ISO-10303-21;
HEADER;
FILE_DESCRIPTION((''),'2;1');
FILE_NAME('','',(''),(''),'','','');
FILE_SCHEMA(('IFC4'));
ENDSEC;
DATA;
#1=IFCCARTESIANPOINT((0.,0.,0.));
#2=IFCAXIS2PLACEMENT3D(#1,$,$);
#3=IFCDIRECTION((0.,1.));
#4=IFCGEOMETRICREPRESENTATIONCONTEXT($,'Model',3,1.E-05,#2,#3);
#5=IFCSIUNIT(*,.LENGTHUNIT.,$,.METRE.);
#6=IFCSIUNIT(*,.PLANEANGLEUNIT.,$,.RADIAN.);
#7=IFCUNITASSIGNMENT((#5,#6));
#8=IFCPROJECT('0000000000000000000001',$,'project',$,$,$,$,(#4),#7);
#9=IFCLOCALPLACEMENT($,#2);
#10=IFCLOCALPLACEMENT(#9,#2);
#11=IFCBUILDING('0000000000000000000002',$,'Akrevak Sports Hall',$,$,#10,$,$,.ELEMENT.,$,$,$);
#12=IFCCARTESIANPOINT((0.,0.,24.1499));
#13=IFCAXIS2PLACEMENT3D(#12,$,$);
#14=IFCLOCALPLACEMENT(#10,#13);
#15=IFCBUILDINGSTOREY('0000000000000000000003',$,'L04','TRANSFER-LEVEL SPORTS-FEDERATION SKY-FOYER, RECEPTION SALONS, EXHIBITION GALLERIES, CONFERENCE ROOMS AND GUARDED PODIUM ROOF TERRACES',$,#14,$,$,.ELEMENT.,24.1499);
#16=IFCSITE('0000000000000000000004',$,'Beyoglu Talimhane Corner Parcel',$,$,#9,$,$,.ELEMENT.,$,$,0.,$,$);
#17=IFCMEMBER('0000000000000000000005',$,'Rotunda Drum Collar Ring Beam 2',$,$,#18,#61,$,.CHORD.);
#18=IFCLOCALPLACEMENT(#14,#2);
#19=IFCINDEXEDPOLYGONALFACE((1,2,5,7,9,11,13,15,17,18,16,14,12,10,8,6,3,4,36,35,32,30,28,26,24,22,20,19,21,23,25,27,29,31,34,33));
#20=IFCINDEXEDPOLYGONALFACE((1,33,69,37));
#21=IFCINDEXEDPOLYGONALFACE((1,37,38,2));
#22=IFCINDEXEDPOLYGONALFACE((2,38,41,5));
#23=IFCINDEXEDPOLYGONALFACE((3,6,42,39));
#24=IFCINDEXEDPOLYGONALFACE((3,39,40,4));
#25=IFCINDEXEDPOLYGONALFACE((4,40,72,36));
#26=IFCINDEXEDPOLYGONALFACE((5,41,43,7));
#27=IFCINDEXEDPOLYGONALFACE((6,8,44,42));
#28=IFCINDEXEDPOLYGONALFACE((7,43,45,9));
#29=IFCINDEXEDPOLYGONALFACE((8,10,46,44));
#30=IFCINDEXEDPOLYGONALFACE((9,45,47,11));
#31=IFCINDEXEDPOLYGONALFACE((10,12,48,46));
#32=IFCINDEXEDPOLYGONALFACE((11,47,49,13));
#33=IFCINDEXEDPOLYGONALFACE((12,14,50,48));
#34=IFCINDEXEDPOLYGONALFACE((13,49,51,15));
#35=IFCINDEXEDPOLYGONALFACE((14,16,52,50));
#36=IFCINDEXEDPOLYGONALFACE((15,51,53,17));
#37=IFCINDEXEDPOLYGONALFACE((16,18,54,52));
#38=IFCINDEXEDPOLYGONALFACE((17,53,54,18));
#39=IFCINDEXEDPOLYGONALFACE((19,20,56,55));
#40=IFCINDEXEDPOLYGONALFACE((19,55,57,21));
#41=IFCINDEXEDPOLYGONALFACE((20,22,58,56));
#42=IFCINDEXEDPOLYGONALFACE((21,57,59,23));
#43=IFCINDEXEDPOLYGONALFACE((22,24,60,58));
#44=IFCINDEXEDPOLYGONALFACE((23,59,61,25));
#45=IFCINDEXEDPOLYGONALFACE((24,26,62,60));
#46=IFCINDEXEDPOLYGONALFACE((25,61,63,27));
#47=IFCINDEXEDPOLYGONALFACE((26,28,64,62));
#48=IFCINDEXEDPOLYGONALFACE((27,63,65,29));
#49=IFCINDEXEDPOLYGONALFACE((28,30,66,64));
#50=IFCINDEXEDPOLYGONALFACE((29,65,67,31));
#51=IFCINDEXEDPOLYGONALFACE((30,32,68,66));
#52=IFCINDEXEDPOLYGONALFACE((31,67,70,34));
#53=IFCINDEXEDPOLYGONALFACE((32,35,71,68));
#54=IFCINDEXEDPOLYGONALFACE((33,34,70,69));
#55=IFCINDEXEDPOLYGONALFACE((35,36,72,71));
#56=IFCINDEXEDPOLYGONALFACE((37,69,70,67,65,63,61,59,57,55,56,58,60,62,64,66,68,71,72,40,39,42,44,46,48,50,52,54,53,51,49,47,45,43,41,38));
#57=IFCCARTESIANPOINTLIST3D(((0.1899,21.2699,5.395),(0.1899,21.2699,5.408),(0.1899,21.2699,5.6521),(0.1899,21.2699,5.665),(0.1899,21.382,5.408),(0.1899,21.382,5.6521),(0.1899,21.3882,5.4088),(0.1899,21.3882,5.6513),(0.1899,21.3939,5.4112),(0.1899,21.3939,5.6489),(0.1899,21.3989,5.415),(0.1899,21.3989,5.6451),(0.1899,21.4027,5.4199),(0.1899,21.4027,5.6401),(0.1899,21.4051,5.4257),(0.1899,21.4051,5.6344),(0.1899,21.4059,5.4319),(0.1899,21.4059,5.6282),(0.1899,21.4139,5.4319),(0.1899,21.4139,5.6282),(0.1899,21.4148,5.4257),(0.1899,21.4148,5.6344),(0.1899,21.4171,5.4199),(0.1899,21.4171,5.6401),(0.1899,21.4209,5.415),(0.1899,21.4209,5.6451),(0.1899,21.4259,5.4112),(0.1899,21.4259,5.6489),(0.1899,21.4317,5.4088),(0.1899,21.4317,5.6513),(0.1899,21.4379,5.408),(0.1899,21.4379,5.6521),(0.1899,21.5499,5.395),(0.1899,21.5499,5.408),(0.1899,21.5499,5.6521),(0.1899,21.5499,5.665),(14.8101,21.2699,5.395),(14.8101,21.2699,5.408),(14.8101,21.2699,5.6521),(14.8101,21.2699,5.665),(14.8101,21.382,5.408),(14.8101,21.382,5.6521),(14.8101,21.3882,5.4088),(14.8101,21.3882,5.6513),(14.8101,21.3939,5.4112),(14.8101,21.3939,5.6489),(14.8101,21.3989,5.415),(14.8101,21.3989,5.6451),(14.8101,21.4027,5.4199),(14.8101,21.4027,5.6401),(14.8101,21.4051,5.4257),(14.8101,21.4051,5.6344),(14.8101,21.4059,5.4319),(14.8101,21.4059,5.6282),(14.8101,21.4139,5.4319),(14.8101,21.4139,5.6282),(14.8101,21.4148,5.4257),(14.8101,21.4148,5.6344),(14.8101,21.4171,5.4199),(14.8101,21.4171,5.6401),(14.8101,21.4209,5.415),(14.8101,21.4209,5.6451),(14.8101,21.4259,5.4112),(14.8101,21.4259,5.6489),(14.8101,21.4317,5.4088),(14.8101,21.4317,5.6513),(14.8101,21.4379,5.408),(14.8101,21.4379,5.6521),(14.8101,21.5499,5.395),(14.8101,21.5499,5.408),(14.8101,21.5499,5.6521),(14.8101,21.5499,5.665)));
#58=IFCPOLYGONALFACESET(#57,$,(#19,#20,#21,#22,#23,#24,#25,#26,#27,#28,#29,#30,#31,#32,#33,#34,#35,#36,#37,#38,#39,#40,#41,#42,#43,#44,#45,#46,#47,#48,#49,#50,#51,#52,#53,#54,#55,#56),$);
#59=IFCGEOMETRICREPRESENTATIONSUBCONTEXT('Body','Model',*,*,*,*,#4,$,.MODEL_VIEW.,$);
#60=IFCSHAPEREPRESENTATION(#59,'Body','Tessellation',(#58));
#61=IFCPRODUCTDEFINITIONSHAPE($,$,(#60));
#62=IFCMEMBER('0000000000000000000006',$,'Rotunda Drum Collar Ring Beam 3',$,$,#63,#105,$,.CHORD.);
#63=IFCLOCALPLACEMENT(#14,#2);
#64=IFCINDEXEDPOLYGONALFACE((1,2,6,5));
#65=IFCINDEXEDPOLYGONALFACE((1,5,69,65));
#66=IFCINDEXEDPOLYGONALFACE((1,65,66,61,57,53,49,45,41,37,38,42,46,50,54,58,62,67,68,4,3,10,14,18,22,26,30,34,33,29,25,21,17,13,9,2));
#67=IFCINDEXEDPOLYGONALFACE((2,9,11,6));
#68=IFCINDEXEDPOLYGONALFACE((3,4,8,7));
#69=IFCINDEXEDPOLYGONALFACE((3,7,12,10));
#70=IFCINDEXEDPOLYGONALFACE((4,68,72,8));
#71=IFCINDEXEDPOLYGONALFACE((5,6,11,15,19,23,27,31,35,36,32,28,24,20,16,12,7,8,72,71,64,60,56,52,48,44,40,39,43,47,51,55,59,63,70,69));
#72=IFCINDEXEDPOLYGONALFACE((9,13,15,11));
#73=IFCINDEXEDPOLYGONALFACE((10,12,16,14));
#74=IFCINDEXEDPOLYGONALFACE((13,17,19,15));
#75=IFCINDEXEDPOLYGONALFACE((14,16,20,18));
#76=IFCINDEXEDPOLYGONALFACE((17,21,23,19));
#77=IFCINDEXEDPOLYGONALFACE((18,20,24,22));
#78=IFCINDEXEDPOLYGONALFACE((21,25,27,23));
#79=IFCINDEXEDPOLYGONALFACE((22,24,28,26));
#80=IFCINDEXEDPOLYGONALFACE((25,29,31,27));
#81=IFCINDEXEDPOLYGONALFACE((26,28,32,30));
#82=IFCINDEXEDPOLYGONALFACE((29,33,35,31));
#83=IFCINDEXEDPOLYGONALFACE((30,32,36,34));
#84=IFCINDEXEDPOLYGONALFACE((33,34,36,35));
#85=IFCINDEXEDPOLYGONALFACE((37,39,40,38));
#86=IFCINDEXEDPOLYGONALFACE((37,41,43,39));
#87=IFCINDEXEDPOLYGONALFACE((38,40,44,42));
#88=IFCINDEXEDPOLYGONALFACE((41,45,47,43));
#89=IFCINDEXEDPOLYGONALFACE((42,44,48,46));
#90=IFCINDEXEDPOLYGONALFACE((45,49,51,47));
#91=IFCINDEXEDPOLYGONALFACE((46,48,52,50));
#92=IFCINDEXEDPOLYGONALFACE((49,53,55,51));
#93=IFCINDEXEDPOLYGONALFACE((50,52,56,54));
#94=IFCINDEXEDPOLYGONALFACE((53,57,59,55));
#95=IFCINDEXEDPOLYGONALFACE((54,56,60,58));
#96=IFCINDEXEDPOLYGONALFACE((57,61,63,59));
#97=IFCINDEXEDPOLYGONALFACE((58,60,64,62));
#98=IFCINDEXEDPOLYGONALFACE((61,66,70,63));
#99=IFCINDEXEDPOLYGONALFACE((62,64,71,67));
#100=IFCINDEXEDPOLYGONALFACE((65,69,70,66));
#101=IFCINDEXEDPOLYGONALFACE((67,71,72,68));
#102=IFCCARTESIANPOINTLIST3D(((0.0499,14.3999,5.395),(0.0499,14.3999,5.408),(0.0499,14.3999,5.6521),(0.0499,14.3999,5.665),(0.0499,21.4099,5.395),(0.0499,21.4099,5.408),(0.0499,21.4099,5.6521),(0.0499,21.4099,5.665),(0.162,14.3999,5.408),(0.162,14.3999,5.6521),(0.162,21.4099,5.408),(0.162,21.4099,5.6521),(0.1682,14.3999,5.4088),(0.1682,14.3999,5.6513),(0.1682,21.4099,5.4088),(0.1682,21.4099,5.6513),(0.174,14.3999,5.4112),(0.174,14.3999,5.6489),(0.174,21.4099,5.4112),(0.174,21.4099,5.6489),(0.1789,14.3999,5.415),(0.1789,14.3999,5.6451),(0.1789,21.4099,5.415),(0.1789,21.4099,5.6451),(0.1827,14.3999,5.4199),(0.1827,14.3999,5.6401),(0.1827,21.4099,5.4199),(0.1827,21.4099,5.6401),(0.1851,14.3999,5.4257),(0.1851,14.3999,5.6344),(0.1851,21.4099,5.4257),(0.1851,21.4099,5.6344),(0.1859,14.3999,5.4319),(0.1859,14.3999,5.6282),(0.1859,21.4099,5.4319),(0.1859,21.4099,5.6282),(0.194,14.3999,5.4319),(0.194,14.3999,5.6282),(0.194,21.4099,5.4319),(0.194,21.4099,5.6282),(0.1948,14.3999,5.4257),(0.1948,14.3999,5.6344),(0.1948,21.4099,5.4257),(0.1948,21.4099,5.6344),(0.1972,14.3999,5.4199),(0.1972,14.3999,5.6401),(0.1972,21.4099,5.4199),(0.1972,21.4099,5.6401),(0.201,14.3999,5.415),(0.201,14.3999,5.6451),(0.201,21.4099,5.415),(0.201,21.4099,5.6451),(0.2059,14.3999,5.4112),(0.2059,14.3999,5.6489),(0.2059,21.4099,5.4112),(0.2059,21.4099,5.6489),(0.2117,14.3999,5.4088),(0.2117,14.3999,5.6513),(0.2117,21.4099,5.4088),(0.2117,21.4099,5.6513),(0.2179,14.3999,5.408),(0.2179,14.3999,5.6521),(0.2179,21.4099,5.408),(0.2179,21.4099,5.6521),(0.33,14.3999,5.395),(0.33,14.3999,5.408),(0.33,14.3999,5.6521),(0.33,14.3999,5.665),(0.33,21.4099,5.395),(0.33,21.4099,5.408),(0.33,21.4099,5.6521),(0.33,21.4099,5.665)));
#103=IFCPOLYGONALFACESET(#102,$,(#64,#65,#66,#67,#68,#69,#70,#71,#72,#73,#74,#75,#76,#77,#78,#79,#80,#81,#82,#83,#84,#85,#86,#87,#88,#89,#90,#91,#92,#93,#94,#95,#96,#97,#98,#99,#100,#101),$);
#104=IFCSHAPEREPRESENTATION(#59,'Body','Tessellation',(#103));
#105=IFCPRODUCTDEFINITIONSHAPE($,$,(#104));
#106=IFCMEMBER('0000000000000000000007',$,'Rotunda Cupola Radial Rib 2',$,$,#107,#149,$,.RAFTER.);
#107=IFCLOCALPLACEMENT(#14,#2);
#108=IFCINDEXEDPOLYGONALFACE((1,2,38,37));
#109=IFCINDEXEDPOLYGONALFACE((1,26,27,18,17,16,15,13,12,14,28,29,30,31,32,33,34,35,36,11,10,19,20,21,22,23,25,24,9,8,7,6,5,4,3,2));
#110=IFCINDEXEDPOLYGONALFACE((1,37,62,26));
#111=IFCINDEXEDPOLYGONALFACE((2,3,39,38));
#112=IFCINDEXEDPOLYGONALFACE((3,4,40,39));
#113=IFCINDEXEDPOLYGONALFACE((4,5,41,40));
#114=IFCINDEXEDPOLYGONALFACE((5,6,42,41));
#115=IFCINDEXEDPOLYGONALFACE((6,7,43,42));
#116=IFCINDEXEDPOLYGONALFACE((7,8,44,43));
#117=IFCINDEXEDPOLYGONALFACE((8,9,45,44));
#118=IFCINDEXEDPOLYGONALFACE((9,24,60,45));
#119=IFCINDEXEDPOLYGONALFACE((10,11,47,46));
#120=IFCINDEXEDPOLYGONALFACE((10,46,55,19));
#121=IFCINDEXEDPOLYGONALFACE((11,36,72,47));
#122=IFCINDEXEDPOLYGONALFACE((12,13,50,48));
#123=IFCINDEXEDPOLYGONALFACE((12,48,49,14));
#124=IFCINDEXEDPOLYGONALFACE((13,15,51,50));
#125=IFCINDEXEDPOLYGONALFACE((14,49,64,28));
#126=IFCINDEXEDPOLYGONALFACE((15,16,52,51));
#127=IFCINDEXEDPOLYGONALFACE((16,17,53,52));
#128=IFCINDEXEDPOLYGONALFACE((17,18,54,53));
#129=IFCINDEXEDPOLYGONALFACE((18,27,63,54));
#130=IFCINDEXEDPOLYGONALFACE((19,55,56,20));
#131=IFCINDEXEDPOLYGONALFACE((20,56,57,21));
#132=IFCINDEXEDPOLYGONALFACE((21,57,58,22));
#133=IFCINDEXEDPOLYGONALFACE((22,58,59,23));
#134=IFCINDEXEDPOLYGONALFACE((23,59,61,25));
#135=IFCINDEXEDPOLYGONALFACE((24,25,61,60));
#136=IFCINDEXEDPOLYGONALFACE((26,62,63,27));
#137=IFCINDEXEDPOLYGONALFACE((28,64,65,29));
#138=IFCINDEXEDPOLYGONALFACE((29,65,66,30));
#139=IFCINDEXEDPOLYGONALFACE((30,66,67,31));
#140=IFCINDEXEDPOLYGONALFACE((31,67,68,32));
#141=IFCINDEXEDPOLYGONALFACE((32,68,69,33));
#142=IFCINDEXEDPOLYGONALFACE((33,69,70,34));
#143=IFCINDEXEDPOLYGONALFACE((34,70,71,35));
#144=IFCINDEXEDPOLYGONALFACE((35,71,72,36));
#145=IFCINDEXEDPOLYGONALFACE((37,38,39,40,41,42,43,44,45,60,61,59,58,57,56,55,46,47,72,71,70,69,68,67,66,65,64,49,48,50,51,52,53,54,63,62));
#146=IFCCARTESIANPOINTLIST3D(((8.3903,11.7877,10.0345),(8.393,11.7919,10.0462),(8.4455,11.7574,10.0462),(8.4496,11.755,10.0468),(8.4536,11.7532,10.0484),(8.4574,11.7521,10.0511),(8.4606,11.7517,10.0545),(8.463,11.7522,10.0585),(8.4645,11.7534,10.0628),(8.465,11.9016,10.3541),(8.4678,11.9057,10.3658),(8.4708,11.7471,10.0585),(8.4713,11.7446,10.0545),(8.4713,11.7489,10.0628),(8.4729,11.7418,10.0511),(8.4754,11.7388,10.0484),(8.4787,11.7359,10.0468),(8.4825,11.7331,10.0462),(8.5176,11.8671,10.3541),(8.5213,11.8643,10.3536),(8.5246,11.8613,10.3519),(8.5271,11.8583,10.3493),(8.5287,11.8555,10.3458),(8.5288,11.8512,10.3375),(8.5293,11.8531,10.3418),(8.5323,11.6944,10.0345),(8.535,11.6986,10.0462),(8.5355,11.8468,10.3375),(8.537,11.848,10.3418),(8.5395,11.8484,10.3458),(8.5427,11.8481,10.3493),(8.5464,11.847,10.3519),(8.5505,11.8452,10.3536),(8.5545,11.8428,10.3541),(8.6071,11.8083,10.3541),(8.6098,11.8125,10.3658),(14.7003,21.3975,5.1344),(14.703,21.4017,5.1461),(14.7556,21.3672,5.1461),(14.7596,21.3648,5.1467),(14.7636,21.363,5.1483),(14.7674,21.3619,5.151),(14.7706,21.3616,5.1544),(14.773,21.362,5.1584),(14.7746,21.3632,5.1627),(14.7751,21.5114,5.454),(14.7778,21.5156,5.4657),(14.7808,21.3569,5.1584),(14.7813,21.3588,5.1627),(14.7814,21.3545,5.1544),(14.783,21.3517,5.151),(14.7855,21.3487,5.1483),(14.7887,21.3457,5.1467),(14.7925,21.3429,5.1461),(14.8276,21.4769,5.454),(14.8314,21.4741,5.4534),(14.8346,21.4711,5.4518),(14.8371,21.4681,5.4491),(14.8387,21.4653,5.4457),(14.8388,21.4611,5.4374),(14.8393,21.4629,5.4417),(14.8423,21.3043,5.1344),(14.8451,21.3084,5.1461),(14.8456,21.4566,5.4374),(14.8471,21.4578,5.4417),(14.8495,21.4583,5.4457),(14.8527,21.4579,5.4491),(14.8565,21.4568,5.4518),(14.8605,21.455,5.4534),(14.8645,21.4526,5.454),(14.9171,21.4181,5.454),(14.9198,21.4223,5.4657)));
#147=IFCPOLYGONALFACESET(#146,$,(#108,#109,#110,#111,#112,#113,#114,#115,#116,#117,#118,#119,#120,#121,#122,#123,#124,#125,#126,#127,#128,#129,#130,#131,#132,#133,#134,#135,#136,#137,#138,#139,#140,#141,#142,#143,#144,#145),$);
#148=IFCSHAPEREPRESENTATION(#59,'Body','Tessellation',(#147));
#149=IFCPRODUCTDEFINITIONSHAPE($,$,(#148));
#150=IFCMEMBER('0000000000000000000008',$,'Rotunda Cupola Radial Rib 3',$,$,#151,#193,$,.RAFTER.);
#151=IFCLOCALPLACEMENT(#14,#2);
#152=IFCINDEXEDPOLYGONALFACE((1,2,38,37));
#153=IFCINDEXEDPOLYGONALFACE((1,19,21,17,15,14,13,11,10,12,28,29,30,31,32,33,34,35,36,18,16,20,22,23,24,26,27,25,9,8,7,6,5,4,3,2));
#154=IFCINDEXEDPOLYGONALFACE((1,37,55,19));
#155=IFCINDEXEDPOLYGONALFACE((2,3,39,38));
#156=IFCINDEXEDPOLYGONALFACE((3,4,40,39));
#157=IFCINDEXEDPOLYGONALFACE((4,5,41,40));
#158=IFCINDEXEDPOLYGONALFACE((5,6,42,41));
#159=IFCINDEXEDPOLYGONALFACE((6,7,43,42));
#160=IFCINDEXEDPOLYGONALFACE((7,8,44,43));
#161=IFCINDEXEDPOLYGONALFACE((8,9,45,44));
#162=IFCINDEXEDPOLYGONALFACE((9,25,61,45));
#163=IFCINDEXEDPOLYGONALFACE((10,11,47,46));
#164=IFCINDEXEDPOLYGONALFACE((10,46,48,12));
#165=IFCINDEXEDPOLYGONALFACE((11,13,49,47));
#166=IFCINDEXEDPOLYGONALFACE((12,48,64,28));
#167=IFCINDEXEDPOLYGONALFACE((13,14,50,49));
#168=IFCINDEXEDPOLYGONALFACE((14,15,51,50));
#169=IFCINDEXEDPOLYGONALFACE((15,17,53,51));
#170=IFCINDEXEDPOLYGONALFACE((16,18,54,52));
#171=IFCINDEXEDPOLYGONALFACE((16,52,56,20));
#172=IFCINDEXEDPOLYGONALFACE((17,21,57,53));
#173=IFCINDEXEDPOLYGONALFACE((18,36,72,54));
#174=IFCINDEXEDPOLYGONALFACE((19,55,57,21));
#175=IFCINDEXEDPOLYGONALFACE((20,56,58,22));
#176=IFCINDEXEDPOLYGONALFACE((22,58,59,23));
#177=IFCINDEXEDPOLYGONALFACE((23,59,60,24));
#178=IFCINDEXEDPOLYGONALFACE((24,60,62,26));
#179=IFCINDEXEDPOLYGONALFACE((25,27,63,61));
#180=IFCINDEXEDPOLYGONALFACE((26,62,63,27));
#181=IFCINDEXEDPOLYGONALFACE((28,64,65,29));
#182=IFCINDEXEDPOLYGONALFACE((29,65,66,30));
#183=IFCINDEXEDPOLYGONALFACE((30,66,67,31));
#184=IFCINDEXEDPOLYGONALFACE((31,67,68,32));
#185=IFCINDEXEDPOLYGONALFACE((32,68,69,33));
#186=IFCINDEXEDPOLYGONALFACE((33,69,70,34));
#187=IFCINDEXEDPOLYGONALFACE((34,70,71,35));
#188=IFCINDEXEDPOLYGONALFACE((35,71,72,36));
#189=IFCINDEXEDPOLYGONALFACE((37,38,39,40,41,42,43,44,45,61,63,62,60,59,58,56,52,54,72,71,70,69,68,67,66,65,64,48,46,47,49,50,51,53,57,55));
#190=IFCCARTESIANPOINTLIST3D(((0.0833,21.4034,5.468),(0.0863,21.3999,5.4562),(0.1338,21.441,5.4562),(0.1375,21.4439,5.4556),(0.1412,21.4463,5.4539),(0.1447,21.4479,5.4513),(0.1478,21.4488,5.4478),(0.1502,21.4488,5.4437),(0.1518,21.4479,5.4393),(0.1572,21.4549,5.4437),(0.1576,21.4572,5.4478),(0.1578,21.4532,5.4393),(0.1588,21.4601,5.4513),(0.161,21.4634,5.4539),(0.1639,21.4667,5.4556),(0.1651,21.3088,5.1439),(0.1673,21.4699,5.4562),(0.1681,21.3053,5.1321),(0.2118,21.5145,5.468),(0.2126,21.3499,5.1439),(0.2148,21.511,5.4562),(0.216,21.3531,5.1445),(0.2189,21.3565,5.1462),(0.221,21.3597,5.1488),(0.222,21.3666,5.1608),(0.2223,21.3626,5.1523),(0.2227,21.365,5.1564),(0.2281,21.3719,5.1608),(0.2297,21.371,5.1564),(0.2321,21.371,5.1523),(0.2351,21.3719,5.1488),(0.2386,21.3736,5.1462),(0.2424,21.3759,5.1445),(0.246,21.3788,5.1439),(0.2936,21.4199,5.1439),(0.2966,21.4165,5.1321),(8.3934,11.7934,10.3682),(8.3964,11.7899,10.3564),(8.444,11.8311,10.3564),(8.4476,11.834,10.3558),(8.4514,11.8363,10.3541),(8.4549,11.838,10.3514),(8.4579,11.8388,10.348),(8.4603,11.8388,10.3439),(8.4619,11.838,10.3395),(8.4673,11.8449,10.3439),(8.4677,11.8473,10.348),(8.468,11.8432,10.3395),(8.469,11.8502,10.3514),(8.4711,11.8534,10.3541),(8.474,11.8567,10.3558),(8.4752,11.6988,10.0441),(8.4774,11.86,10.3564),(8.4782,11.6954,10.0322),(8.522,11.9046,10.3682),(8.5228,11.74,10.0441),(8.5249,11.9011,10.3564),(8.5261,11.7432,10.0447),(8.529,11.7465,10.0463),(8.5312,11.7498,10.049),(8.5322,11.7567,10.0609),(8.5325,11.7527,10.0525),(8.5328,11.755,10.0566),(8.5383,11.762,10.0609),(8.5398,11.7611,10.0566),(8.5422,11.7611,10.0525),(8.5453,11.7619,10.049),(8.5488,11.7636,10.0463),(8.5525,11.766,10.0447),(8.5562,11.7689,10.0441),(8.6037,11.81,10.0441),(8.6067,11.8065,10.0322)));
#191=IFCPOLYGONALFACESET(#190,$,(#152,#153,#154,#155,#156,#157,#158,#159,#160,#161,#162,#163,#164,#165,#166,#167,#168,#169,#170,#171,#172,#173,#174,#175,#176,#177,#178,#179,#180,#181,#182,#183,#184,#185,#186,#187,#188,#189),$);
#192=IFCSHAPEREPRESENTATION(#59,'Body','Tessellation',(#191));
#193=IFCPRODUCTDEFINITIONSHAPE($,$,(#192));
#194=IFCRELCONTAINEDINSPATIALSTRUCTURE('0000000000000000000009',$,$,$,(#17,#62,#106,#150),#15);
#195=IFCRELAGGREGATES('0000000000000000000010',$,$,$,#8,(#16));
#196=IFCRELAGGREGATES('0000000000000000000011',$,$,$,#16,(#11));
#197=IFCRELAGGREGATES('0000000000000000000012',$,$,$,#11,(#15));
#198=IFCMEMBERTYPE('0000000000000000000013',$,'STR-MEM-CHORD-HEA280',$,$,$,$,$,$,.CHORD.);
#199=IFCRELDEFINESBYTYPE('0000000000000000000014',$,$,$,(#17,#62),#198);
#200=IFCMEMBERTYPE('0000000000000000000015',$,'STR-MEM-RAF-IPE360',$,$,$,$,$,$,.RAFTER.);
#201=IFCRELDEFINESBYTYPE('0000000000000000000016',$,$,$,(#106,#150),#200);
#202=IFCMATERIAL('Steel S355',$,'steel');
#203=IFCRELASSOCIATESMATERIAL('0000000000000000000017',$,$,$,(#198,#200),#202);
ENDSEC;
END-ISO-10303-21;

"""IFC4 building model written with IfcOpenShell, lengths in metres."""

from ifc_helpers import new_model, si_unit, direction, frame, origin, origin_2d, place, context, subcontext, project, spatial, i_section, extrude, material, material_profile, profile_set, type_object, element, save


model = new_model("IFC4")

# Units and contexts
model_context = context("Model", 3, precision=1e-05, world=origin(), true_north=direction((0.0, 1.0)))
body_context = subcontext(model_context, "Body", "Model", "MODEL_VIEW")
ifc_project = project(units=[si_unit("LENGTHUNIT", "METRE"), si_unit("PLANEANGLEUNIT", "RADIAN")], contexts=[model_context])

# Site, building, storey
site_placement = place(None, origin())
site = spatial("IfcSite", under=ifc_project, at=site_placement, Name="Beyoglu Talimhane Corner Parcel", CompositionType="ELEMENT", RefElevation=0.0)
building_placement = place(site_placement, origin())
building = spatial("IfcBuilding", under=site, at=building_placement, Name="Akrevak Sports Hall", CompositionType="ELEMENT")
storey_placement = place(building_placement, frame((0.0, 0.0, 24.1499)))
storey = spatial("IfcBuildingStorey", under=building, at=storey_placement, Name="L04", Description="TRANSFER-LEVEL SPORTS-FEDERATION SKY-FOYER, RECEPTION SALONS, EXHIBITION GALLERIES, CONFERENCE ROOMS AND GUARDED PODIUM ROOF TERRACES", CompositionType="ELEMENT", Elevation=24.1499)

# Members
ifc_material_1 = material(Name="Steel S355", Category="steel")
ifc_material_profile_1 = material_profile(ifc_material_1, i_section(OverallWidth=0.28, OverallDepth=0.27, WebThickness=0.0081, FlangeThickness=0.0129, FilletRadius=0.0239, at=origin_2d()), Name="HEA 280", Category="steel")
ifc_profile_set_1 = profile_set([ifc_material_profile_1], Name="Steel S355")
member_type_1 = type_object("IfcMemberType", Name="STR-MEM-CHORD-HEA280", PredefinedType="CHORD", material=ifc_profile_set_1)
member_1_placement = place(storey_placement, frame((14.8101, 21.4099, 5.53), z_axis=(-1.0, 0.0, 0.0), x_axis=(0.0, -1.0, 0.0)))
element("IfcMember", 1, at=member_1_placement, inside=storey, type_object=member_type_1, Name="Rotunda Drum Collar Ring Beam 2", PredefinedType="CHORD", context=body_context, shape_type="SweptSolid", body=[
    extrude(i_section(OverallWidth=0.28, OverallDepth=0.27, WebThickness=0.0081, FlangeThickness=0.0129, FilletRadius=0.0239, at=origin_2d()), origin(), (0.0, 0.0, 1.0), 14.6201),
])
member_2_placement = place(storey_placement, frame((0.1899, 21.4099, 5.53), z_axis=(0.0, -1.0, 0.0), x_axis=(1.0, 0.0, 0.0)))
element("IfcMember", 2, at=member_2_placement, inside=storey, type_object=member_type_1, Name="Rotunda Drum Collar Ring Beam 3", PredefinedType="CHORD", context=body_context, shape_type="SweptSolid", body=[
    extrude(i_section(OverallWidth=0.28, OverallDepth=0.27, WebThickness=0.0081, FlangeThickness=0.0129, FilletRadius=0.0239, at=origin_2d()), origin(), (0.0, 0.0, 1.0), 7.01),
])
ifc_material_profile_2 = material_profile(ifc_material_1, i_section(OverallWidth=0.1699, OverallDepth=0.3601, WebThickness=0.0081, FlangeThickness=0.0127, FilletRadius=0.0181, at=origin_2d()), Name="IPE 360", Category="steel")
ifc_profile_set_2 = profile_set([ifc_material_profile_2], Name="Steel S355")
member_type_2 = type_object("IfcMemberType", Name="STR-MEM-RAF-IPE360", PredefinedType="RAFTER", material=ifc_profile_set_2)
member_3_placement = place(storey_placement, frame((14.8101, 21.4099, 5.3), z_axis=(-0.504921, -0.768967, 0.392102), x_axis=(0.835905, -0.548874, 0.0)))
element("IfcMember", 3, at=member_3_placement, inside=storey, type_object=member_type_2, Name="Rotunda Cupola Radial Rib 2", PredefinedType="RAFTER", context=body_context, shape_type="SweptSolid", body=[
    extrude(i_section(OverallWidth=0.1699, OverallDepth=0.3601, WebThickness=0.0081, FlangeThickness=0.0127, FilletRadius=0.0181, at=origin_2d()), origin(), (0.0, 0.0, 1.0), 12.4971),
])
member_4_placement = place(storey_placement, frame((0.1899, 21.4099, 5.3), z_axis=(0.610279, -0.705734, 0.35986), x_axis=(0.756409, 0.654099, 0.0)))
element("IfcMember", 4, at=member_4_placement, inside=storey, type_object=member_type_2, Name="Rotunda Cupola Radial Rib 3", PredefinedType="RAFTER", context=body_context, shape_type="SweptSolid", body=[
    extrude(i_section(OverallWidth=0.1699, OverallDepth=0.3601, WebThickness=0.0081, FlangeThickness=0.0127, FilletRadius=0.0181, at=origin_2d()), origin(), (0.0, 0.0, 1.0), 13.6169),
])

save(model, "model.ifc")
